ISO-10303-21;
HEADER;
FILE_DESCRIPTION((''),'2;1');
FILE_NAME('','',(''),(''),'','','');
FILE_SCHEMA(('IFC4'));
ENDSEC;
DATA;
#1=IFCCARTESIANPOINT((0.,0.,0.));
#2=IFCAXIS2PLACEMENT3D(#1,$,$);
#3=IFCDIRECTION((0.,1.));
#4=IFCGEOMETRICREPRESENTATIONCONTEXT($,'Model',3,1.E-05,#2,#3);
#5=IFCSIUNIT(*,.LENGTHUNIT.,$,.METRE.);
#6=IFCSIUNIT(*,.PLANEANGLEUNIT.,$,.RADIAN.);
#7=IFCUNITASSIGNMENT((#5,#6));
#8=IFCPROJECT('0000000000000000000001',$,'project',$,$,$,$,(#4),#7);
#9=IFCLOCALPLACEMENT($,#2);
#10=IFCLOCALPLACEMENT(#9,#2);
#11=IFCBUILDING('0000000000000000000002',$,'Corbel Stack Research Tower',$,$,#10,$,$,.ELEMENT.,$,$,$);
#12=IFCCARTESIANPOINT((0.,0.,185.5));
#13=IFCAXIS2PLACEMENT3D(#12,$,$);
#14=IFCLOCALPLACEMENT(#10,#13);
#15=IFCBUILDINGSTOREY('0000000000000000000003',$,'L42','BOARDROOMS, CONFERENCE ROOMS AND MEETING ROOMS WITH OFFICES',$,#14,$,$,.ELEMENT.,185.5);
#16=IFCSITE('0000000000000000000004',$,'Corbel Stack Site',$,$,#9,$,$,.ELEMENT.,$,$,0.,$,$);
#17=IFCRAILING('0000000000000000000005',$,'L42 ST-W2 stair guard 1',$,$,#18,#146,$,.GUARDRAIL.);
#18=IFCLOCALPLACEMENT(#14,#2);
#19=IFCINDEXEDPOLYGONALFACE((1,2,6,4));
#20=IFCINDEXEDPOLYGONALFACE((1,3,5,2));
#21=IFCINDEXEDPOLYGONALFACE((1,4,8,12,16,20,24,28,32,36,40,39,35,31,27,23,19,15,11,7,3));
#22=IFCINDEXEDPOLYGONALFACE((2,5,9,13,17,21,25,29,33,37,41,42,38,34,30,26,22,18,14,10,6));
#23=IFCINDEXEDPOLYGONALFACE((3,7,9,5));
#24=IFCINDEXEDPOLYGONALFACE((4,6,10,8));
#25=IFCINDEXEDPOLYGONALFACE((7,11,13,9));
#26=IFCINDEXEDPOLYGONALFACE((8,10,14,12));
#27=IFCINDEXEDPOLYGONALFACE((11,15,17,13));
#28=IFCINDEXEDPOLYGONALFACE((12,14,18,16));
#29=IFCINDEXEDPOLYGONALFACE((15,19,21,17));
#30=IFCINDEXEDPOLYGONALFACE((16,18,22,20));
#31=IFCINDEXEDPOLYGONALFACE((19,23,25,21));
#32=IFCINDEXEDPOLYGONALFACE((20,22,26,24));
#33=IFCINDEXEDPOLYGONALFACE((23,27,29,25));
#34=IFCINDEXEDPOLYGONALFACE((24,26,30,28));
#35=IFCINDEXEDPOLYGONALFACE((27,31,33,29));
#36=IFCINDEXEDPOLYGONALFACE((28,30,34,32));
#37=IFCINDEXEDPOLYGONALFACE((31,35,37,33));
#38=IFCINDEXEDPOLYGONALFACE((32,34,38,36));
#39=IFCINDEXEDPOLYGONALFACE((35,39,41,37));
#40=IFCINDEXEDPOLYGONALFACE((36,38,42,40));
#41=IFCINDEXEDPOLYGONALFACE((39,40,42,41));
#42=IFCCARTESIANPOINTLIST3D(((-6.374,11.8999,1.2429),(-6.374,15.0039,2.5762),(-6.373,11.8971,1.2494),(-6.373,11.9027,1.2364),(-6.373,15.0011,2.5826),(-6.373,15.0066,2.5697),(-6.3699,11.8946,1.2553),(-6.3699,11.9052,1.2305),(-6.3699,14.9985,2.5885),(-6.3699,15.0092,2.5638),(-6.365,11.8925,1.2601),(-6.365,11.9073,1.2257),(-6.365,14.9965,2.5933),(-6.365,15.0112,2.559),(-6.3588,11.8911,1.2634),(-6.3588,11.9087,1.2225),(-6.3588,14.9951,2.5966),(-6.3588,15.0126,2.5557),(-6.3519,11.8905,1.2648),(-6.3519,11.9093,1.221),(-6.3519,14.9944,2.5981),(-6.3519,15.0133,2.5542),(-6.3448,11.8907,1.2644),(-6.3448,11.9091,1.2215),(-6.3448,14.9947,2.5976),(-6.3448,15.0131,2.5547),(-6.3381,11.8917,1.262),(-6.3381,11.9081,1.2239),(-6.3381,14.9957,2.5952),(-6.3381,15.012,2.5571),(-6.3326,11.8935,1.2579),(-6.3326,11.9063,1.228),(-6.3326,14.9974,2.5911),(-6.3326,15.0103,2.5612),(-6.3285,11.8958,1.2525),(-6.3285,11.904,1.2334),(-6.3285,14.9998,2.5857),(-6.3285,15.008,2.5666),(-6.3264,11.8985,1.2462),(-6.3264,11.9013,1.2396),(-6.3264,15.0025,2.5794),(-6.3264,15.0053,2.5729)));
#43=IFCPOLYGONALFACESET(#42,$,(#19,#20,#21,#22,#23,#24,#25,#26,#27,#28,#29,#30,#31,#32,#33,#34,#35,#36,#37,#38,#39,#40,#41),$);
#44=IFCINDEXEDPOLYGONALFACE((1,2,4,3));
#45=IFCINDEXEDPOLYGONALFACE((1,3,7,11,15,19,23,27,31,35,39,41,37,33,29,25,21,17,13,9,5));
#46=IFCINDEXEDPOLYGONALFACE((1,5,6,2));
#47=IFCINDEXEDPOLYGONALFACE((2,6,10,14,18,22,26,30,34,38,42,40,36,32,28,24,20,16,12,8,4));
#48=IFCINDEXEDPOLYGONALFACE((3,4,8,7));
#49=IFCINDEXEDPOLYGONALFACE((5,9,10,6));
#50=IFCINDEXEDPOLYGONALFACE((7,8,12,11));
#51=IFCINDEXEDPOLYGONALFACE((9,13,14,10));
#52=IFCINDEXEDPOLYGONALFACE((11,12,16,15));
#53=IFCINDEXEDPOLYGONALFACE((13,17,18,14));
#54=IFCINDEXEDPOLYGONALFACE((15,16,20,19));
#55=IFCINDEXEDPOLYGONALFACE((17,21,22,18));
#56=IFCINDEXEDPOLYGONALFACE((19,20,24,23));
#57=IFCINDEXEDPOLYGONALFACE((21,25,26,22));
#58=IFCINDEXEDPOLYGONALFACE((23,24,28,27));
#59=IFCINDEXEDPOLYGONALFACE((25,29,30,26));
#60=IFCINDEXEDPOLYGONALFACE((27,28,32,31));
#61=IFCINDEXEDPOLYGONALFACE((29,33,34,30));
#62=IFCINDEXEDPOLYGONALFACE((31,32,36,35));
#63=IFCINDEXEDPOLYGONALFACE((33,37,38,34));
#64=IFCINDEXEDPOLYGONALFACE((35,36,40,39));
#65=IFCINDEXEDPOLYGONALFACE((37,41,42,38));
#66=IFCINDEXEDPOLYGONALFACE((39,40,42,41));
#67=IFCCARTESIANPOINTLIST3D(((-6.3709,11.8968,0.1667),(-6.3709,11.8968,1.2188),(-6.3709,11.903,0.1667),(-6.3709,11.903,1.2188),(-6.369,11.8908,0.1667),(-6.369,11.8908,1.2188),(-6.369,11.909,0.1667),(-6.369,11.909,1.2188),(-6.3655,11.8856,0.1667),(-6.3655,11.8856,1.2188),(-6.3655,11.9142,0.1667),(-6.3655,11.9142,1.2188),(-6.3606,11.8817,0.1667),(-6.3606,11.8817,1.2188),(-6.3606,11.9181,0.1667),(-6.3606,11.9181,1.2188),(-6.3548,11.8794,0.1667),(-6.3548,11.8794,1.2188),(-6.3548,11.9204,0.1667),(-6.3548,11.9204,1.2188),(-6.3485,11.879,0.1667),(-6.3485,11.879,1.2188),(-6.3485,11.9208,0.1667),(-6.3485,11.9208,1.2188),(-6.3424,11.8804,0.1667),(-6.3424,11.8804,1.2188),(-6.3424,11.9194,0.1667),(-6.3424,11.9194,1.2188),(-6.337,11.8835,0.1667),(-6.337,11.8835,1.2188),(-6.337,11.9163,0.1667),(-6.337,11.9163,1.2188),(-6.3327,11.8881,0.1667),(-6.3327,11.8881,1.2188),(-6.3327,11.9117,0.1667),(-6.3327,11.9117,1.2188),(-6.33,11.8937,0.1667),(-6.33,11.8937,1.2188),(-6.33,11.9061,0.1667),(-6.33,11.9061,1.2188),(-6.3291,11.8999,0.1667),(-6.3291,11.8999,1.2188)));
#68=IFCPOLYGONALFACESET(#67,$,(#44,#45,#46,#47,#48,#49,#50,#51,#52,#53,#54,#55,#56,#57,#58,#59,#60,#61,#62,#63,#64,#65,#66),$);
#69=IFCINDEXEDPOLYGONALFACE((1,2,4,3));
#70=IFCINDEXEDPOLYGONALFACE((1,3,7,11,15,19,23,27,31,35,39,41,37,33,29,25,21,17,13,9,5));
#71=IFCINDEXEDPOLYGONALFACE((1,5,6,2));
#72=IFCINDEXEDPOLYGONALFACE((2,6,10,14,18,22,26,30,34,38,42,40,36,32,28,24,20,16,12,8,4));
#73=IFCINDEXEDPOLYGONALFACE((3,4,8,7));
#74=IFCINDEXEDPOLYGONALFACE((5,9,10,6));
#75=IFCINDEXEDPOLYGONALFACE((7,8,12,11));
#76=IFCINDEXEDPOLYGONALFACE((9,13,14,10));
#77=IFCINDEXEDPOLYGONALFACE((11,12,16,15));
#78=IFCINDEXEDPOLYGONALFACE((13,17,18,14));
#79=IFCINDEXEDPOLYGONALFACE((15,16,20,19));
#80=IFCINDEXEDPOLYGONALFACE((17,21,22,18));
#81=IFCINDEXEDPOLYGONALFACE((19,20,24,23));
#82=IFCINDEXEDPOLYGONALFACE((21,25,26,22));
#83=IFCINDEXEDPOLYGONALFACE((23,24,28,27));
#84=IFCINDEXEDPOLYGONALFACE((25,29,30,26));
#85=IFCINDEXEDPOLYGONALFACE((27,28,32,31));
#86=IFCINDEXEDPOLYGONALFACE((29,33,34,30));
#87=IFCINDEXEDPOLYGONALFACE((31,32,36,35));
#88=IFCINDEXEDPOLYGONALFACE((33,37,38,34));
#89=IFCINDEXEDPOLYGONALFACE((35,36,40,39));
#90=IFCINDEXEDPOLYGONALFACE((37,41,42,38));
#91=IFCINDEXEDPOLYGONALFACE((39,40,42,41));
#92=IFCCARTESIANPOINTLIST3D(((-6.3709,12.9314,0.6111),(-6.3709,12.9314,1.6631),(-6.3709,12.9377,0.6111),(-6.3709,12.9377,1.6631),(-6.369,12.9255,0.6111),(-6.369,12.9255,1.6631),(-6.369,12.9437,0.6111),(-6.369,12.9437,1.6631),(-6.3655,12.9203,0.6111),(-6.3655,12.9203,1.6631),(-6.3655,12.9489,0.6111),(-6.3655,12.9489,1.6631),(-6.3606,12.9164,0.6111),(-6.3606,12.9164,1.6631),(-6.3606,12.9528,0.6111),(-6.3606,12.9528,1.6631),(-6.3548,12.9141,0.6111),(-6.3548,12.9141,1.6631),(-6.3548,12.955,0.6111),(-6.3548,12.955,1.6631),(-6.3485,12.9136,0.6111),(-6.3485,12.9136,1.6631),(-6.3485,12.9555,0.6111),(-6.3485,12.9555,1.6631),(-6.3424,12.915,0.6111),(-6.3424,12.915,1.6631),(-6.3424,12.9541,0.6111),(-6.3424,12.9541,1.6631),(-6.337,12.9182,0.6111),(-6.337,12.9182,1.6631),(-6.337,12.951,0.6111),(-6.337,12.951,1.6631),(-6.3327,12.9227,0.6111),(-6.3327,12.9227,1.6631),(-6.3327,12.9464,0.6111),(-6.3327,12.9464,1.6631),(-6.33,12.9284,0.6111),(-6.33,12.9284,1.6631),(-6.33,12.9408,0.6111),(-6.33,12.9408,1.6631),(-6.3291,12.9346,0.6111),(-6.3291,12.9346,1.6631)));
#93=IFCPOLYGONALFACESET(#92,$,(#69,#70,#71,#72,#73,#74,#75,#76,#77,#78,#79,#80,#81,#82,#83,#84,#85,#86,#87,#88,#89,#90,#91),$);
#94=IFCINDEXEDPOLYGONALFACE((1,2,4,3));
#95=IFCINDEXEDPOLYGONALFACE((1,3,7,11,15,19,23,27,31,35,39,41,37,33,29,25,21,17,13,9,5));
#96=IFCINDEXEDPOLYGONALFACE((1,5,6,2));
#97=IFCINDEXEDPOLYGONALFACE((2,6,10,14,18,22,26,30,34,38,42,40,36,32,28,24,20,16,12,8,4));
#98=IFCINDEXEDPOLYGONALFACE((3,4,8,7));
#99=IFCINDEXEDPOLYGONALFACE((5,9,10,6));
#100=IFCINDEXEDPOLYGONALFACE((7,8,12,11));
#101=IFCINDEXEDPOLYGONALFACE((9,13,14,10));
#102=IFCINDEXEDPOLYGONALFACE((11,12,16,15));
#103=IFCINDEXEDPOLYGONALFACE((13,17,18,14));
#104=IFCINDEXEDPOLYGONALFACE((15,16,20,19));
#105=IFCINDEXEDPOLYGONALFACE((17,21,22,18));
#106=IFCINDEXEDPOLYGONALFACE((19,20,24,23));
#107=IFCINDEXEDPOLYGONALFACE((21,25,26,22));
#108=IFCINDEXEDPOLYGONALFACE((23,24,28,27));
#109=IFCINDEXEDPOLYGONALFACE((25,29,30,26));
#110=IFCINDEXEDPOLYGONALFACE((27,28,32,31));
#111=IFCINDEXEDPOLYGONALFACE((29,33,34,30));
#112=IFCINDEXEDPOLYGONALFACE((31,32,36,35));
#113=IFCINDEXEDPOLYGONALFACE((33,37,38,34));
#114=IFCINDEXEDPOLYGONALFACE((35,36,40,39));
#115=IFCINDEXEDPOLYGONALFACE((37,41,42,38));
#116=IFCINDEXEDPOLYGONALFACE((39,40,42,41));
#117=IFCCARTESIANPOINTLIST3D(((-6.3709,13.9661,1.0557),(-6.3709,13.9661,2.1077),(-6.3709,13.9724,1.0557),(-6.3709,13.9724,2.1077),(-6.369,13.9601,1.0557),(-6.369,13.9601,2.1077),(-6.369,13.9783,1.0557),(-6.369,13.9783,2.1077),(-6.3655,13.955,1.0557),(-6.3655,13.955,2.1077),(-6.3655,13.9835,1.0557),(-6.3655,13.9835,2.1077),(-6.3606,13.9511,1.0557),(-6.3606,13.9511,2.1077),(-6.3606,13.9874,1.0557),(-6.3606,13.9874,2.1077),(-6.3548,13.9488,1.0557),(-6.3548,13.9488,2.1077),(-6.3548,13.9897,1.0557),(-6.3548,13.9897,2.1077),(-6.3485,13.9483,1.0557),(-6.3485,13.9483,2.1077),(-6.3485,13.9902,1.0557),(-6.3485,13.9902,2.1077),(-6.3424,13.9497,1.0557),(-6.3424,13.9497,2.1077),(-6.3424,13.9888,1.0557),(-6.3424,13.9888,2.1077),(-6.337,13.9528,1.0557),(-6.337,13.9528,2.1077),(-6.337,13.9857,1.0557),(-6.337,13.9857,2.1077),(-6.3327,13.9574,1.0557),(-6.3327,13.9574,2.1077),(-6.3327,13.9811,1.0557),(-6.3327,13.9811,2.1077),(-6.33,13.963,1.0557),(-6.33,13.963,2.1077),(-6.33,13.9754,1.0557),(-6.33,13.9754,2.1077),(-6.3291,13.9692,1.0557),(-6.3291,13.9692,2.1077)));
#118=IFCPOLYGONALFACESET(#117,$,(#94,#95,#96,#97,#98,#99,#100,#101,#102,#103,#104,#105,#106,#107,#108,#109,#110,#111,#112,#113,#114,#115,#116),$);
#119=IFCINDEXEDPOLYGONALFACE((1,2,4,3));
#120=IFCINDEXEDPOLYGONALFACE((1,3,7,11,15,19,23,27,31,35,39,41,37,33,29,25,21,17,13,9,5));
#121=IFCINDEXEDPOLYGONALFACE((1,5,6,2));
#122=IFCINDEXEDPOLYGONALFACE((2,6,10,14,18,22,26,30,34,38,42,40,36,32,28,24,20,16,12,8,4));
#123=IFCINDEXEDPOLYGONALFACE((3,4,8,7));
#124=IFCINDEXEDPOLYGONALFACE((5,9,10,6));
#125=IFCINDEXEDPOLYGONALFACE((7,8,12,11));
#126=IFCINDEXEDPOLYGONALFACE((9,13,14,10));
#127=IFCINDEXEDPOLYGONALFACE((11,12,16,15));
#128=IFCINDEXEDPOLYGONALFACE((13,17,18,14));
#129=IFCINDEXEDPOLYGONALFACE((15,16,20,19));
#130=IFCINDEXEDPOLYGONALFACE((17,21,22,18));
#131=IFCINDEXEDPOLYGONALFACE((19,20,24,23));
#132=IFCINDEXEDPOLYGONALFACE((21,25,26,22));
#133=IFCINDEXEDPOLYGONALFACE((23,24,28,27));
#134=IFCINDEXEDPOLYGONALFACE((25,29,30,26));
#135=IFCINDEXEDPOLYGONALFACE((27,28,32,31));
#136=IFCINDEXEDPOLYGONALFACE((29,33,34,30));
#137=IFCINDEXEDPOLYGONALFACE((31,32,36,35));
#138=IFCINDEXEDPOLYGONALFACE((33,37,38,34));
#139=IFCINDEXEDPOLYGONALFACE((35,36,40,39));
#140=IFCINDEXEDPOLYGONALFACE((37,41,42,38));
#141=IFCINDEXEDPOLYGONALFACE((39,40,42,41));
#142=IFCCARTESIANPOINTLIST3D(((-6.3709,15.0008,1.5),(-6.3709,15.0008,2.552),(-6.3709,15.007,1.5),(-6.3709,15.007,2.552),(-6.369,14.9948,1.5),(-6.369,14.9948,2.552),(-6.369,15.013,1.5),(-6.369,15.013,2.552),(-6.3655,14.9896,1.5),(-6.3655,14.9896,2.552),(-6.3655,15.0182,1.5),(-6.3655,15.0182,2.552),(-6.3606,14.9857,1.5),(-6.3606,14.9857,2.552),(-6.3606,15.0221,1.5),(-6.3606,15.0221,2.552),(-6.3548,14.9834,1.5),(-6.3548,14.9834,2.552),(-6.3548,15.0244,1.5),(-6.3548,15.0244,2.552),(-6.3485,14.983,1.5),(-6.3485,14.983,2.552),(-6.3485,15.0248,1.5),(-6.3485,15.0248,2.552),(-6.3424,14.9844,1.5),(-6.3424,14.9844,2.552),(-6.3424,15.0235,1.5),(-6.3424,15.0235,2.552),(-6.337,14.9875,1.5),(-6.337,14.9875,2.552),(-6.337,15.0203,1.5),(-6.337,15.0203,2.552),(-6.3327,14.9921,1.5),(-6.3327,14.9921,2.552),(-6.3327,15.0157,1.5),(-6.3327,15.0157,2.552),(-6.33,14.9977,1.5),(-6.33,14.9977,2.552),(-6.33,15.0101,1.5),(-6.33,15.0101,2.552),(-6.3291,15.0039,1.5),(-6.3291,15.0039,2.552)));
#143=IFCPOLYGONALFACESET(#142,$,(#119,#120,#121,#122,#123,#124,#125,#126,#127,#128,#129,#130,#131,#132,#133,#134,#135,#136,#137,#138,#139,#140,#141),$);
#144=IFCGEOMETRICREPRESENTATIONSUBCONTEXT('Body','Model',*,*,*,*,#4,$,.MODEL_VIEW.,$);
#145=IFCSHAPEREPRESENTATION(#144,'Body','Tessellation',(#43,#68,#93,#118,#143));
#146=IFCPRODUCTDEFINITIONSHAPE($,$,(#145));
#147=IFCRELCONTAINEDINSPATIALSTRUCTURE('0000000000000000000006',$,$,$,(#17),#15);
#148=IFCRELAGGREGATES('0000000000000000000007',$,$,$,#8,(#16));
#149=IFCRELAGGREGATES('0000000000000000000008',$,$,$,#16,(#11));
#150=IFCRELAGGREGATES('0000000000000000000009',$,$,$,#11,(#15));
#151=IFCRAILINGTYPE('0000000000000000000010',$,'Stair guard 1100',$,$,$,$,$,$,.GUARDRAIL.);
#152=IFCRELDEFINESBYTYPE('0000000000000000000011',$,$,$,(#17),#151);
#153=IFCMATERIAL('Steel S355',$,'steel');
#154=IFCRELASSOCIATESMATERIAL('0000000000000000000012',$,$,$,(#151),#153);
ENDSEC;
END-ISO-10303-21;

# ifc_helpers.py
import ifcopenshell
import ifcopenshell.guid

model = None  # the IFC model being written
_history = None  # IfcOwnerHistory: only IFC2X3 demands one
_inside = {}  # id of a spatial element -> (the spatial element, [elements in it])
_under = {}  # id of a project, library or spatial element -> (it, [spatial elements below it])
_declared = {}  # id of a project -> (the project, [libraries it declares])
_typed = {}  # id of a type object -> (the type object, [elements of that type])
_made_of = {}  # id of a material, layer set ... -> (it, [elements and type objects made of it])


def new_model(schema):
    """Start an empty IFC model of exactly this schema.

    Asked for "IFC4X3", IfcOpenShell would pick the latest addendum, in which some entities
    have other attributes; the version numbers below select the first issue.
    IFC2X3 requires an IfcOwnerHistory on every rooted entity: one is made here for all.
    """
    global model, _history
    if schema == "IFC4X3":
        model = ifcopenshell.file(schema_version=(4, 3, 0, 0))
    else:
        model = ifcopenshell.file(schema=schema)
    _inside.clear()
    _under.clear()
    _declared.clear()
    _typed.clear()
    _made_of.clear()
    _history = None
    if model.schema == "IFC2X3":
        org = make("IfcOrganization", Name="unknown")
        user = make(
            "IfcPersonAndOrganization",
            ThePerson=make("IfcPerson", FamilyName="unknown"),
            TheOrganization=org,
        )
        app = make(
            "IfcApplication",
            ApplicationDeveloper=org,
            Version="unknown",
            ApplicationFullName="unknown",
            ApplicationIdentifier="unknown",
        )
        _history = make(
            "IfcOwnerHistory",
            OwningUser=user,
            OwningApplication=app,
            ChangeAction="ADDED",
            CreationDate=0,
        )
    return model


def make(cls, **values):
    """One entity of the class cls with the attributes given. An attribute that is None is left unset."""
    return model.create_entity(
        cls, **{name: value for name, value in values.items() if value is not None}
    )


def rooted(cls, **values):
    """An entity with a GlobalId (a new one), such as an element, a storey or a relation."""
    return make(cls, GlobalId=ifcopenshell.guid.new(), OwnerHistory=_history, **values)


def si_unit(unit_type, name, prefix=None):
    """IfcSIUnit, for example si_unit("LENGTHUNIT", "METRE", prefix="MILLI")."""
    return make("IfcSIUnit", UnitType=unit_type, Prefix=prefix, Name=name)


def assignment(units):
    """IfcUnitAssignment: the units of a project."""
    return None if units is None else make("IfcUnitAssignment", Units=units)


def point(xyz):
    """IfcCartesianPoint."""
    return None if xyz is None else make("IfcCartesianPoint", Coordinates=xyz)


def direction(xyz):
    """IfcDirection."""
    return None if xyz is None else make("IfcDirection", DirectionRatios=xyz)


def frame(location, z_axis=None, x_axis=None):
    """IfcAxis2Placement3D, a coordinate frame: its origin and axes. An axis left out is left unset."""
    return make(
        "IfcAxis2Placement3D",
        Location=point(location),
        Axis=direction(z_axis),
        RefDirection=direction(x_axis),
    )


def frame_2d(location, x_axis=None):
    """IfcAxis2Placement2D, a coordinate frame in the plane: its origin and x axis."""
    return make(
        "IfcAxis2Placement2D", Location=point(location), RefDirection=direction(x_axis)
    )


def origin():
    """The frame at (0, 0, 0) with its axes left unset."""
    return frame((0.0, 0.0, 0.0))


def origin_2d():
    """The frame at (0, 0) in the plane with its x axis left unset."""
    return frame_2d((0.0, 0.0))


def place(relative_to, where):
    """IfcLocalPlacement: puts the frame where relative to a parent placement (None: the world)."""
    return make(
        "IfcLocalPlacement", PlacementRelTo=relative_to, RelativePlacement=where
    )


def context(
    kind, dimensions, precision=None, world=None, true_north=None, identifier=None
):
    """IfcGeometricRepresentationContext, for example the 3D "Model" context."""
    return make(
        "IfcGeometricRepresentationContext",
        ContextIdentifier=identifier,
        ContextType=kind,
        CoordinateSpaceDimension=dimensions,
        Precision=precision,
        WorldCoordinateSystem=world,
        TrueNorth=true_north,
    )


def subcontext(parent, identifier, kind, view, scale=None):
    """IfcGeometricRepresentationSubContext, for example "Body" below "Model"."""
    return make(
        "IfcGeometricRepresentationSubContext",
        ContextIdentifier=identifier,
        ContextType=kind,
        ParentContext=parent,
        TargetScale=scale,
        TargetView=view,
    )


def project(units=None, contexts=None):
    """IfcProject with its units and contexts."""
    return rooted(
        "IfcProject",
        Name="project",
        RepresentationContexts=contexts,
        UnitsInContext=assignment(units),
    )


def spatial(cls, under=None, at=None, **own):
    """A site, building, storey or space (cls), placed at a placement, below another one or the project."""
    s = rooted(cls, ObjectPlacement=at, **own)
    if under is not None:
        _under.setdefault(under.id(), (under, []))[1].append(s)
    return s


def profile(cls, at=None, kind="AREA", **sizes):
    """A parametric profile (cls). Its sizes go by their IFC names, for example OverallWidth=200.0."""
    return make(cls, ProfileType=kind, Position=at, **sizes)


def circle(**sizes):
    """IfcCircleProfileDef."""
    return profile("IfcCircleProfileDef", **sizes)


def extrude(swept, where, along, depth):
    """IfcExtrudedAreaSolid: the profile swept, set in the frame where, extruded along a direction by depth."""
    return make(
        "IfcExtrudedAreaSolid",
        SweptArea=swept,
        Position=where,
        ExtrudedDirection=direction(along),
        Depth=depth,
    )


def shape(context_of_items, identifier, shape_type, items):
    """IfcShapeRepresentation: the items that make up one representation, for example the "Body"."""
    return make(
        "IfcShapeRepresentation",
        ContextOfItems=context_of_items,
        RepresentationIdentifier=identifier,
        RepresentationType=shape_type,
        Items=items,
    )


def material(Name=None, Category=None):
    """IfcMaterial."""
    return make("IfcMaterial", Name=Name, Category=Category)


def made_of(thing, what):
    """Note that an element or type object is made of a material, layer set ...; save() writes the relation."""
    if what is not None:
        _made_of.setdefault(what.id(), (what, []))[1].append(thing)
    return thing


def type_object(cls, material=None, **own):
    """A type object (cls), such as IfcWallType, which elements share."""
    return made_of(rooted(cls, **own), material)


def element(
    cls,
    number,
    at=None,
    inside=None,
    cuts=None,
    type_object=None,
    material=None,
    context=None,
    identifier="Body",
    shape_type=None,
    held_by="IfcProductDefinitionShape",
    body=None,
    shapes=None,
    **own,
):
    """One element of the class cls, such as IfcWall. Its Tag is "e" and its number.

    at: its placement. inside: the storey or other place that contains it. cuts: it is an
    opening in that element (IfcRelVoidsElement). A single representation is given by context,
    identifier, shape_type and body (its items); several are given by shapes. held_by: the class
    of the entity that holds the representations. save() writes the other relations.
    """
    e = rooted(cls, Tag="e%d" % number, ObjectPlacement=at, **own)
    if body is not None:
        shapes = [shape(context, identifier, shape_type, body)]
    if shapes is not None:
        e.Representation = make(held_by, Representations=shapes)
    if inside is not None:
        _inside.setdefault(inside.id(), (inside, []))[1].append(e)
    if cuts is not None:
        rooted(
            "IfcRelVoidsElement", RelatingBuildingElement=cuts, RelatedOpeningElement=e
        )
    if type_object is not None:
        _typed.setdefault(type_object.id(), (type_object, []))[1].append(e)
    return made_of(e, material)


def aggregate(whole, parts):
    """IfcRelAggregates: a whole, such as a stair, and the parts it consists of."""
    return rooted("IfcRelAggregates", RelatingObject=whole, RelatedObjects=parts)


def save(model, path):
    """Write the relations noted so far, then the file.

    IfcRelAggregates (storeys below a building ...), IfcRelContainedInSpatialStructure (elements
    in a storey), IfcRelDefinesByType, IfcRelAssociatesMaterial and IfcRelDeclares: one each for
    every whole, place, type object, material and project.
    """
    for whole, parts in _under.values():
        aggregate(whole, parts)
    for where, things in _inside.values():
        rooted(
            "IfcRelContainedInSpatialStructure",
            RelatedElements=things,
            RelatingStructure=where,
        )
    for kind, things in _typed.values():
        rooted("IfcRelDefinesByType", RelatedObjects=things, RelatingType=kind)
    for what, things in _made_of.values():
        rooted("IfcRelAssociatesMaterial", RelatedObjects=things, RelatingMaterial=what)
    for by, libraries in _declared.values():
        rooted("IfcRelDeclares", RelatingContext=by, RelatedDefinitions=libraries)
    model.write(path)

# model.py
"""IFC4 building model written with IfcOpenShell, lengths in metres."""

from ifc_helpers import new_model, si_unit, direction, frame, origin, origin_2d, place, context, subcontext, project, spatial, circle, extrude, material, type_object, element, save


model = new_model("IFC4")

# Units and contexts
model_context = context("Model", 3, precision=1e-05, world=origin(), true_north=direction((0.0, 1.0)))
body_context = subcontext(model_context, "Body", "Model", "MODEL_VIEW")
ifc_project = project(units=[si_unit("LENGTHUNIT", "METRE"), si_unit("PLANEANGLEUNIT", "RADIAN")], contexts=[model_context])

# Site, building, storey
site_placement = place(None, origin())
site = spatial("IfcSite", under=ifc_project, at=site_placement, Name="Corbel Stack Site", CompositionType="ELEMENT", RefElevation=0.0)
building_placement = place(site_placement, origin())
building = spatial("IfcBuilding", under=site, at=building_placement, Name="Corbel Stack Research Tower", CompositionType="ELEMENT")
storey_placement = place(building_placement, frame((0.0, 0.0, 185.5)))
storey = spatial("IfcBuildingStorey", under=building, at=storey_placement, Name="L42", Description="BOARDROOMS, CONFERENCE ROOMS AND MEETING ROOMS WITH OFFICES", CompositionType="ELEMENT", Elevation=185.5)

# Railing
ifc_material_1 = material(Name="Steel S355", Category="steel")
railing_type_1 = type_object("IfcRailingType", Name="Stair guard 1100", PredefinedType="GUARDRAIL", material=ifc_material_1)
railing_1_placement = place(storey_placement, frame((-6.3501, 11.8999, 0.1667)))
element("IfcRailing", 1, at=railing_1_placement, inside=storey, type_object=railing_type_1, Name="L42 ST-W2 stair guard 1", PredefinedType="GUARDRAIL", context=body_context, shape_type="SweptSolid", body=[
    extrude(circle(Radius=0.0239, at=origin_2d()), frame((0.0, 0.0, 1.0762), z_axis=(0.0, 0.918827, 0.394661), x_axis=(-1.0, 0.0, 0.0)), (0.0, 0.0, 1.0), 3.3782),
    extrude(circle(Radius=0.021, at=origin_2d()), origin(), (0.0, 0.0, 1.0), 1.052),
    extrude(circle(Radius=0.021, at=origin_2d()), frame((0.0, 1.0347, 0.4443)), (0.0, 0.0, 1.0), 1.052),
    extrude(circle(Radius=0.021, at=origin_2d()), frame((0.0, 2.0693, 0.8889)), (0.0, 0.0, 1.0), 1.052),
    extrude(circle(Radius=0.021, at=origin_2d()), frame((0.0, 3.104, 1.3333)), (0.0, 0.0, 1.0), 1.052),
])

save(model, "model.ifc")
